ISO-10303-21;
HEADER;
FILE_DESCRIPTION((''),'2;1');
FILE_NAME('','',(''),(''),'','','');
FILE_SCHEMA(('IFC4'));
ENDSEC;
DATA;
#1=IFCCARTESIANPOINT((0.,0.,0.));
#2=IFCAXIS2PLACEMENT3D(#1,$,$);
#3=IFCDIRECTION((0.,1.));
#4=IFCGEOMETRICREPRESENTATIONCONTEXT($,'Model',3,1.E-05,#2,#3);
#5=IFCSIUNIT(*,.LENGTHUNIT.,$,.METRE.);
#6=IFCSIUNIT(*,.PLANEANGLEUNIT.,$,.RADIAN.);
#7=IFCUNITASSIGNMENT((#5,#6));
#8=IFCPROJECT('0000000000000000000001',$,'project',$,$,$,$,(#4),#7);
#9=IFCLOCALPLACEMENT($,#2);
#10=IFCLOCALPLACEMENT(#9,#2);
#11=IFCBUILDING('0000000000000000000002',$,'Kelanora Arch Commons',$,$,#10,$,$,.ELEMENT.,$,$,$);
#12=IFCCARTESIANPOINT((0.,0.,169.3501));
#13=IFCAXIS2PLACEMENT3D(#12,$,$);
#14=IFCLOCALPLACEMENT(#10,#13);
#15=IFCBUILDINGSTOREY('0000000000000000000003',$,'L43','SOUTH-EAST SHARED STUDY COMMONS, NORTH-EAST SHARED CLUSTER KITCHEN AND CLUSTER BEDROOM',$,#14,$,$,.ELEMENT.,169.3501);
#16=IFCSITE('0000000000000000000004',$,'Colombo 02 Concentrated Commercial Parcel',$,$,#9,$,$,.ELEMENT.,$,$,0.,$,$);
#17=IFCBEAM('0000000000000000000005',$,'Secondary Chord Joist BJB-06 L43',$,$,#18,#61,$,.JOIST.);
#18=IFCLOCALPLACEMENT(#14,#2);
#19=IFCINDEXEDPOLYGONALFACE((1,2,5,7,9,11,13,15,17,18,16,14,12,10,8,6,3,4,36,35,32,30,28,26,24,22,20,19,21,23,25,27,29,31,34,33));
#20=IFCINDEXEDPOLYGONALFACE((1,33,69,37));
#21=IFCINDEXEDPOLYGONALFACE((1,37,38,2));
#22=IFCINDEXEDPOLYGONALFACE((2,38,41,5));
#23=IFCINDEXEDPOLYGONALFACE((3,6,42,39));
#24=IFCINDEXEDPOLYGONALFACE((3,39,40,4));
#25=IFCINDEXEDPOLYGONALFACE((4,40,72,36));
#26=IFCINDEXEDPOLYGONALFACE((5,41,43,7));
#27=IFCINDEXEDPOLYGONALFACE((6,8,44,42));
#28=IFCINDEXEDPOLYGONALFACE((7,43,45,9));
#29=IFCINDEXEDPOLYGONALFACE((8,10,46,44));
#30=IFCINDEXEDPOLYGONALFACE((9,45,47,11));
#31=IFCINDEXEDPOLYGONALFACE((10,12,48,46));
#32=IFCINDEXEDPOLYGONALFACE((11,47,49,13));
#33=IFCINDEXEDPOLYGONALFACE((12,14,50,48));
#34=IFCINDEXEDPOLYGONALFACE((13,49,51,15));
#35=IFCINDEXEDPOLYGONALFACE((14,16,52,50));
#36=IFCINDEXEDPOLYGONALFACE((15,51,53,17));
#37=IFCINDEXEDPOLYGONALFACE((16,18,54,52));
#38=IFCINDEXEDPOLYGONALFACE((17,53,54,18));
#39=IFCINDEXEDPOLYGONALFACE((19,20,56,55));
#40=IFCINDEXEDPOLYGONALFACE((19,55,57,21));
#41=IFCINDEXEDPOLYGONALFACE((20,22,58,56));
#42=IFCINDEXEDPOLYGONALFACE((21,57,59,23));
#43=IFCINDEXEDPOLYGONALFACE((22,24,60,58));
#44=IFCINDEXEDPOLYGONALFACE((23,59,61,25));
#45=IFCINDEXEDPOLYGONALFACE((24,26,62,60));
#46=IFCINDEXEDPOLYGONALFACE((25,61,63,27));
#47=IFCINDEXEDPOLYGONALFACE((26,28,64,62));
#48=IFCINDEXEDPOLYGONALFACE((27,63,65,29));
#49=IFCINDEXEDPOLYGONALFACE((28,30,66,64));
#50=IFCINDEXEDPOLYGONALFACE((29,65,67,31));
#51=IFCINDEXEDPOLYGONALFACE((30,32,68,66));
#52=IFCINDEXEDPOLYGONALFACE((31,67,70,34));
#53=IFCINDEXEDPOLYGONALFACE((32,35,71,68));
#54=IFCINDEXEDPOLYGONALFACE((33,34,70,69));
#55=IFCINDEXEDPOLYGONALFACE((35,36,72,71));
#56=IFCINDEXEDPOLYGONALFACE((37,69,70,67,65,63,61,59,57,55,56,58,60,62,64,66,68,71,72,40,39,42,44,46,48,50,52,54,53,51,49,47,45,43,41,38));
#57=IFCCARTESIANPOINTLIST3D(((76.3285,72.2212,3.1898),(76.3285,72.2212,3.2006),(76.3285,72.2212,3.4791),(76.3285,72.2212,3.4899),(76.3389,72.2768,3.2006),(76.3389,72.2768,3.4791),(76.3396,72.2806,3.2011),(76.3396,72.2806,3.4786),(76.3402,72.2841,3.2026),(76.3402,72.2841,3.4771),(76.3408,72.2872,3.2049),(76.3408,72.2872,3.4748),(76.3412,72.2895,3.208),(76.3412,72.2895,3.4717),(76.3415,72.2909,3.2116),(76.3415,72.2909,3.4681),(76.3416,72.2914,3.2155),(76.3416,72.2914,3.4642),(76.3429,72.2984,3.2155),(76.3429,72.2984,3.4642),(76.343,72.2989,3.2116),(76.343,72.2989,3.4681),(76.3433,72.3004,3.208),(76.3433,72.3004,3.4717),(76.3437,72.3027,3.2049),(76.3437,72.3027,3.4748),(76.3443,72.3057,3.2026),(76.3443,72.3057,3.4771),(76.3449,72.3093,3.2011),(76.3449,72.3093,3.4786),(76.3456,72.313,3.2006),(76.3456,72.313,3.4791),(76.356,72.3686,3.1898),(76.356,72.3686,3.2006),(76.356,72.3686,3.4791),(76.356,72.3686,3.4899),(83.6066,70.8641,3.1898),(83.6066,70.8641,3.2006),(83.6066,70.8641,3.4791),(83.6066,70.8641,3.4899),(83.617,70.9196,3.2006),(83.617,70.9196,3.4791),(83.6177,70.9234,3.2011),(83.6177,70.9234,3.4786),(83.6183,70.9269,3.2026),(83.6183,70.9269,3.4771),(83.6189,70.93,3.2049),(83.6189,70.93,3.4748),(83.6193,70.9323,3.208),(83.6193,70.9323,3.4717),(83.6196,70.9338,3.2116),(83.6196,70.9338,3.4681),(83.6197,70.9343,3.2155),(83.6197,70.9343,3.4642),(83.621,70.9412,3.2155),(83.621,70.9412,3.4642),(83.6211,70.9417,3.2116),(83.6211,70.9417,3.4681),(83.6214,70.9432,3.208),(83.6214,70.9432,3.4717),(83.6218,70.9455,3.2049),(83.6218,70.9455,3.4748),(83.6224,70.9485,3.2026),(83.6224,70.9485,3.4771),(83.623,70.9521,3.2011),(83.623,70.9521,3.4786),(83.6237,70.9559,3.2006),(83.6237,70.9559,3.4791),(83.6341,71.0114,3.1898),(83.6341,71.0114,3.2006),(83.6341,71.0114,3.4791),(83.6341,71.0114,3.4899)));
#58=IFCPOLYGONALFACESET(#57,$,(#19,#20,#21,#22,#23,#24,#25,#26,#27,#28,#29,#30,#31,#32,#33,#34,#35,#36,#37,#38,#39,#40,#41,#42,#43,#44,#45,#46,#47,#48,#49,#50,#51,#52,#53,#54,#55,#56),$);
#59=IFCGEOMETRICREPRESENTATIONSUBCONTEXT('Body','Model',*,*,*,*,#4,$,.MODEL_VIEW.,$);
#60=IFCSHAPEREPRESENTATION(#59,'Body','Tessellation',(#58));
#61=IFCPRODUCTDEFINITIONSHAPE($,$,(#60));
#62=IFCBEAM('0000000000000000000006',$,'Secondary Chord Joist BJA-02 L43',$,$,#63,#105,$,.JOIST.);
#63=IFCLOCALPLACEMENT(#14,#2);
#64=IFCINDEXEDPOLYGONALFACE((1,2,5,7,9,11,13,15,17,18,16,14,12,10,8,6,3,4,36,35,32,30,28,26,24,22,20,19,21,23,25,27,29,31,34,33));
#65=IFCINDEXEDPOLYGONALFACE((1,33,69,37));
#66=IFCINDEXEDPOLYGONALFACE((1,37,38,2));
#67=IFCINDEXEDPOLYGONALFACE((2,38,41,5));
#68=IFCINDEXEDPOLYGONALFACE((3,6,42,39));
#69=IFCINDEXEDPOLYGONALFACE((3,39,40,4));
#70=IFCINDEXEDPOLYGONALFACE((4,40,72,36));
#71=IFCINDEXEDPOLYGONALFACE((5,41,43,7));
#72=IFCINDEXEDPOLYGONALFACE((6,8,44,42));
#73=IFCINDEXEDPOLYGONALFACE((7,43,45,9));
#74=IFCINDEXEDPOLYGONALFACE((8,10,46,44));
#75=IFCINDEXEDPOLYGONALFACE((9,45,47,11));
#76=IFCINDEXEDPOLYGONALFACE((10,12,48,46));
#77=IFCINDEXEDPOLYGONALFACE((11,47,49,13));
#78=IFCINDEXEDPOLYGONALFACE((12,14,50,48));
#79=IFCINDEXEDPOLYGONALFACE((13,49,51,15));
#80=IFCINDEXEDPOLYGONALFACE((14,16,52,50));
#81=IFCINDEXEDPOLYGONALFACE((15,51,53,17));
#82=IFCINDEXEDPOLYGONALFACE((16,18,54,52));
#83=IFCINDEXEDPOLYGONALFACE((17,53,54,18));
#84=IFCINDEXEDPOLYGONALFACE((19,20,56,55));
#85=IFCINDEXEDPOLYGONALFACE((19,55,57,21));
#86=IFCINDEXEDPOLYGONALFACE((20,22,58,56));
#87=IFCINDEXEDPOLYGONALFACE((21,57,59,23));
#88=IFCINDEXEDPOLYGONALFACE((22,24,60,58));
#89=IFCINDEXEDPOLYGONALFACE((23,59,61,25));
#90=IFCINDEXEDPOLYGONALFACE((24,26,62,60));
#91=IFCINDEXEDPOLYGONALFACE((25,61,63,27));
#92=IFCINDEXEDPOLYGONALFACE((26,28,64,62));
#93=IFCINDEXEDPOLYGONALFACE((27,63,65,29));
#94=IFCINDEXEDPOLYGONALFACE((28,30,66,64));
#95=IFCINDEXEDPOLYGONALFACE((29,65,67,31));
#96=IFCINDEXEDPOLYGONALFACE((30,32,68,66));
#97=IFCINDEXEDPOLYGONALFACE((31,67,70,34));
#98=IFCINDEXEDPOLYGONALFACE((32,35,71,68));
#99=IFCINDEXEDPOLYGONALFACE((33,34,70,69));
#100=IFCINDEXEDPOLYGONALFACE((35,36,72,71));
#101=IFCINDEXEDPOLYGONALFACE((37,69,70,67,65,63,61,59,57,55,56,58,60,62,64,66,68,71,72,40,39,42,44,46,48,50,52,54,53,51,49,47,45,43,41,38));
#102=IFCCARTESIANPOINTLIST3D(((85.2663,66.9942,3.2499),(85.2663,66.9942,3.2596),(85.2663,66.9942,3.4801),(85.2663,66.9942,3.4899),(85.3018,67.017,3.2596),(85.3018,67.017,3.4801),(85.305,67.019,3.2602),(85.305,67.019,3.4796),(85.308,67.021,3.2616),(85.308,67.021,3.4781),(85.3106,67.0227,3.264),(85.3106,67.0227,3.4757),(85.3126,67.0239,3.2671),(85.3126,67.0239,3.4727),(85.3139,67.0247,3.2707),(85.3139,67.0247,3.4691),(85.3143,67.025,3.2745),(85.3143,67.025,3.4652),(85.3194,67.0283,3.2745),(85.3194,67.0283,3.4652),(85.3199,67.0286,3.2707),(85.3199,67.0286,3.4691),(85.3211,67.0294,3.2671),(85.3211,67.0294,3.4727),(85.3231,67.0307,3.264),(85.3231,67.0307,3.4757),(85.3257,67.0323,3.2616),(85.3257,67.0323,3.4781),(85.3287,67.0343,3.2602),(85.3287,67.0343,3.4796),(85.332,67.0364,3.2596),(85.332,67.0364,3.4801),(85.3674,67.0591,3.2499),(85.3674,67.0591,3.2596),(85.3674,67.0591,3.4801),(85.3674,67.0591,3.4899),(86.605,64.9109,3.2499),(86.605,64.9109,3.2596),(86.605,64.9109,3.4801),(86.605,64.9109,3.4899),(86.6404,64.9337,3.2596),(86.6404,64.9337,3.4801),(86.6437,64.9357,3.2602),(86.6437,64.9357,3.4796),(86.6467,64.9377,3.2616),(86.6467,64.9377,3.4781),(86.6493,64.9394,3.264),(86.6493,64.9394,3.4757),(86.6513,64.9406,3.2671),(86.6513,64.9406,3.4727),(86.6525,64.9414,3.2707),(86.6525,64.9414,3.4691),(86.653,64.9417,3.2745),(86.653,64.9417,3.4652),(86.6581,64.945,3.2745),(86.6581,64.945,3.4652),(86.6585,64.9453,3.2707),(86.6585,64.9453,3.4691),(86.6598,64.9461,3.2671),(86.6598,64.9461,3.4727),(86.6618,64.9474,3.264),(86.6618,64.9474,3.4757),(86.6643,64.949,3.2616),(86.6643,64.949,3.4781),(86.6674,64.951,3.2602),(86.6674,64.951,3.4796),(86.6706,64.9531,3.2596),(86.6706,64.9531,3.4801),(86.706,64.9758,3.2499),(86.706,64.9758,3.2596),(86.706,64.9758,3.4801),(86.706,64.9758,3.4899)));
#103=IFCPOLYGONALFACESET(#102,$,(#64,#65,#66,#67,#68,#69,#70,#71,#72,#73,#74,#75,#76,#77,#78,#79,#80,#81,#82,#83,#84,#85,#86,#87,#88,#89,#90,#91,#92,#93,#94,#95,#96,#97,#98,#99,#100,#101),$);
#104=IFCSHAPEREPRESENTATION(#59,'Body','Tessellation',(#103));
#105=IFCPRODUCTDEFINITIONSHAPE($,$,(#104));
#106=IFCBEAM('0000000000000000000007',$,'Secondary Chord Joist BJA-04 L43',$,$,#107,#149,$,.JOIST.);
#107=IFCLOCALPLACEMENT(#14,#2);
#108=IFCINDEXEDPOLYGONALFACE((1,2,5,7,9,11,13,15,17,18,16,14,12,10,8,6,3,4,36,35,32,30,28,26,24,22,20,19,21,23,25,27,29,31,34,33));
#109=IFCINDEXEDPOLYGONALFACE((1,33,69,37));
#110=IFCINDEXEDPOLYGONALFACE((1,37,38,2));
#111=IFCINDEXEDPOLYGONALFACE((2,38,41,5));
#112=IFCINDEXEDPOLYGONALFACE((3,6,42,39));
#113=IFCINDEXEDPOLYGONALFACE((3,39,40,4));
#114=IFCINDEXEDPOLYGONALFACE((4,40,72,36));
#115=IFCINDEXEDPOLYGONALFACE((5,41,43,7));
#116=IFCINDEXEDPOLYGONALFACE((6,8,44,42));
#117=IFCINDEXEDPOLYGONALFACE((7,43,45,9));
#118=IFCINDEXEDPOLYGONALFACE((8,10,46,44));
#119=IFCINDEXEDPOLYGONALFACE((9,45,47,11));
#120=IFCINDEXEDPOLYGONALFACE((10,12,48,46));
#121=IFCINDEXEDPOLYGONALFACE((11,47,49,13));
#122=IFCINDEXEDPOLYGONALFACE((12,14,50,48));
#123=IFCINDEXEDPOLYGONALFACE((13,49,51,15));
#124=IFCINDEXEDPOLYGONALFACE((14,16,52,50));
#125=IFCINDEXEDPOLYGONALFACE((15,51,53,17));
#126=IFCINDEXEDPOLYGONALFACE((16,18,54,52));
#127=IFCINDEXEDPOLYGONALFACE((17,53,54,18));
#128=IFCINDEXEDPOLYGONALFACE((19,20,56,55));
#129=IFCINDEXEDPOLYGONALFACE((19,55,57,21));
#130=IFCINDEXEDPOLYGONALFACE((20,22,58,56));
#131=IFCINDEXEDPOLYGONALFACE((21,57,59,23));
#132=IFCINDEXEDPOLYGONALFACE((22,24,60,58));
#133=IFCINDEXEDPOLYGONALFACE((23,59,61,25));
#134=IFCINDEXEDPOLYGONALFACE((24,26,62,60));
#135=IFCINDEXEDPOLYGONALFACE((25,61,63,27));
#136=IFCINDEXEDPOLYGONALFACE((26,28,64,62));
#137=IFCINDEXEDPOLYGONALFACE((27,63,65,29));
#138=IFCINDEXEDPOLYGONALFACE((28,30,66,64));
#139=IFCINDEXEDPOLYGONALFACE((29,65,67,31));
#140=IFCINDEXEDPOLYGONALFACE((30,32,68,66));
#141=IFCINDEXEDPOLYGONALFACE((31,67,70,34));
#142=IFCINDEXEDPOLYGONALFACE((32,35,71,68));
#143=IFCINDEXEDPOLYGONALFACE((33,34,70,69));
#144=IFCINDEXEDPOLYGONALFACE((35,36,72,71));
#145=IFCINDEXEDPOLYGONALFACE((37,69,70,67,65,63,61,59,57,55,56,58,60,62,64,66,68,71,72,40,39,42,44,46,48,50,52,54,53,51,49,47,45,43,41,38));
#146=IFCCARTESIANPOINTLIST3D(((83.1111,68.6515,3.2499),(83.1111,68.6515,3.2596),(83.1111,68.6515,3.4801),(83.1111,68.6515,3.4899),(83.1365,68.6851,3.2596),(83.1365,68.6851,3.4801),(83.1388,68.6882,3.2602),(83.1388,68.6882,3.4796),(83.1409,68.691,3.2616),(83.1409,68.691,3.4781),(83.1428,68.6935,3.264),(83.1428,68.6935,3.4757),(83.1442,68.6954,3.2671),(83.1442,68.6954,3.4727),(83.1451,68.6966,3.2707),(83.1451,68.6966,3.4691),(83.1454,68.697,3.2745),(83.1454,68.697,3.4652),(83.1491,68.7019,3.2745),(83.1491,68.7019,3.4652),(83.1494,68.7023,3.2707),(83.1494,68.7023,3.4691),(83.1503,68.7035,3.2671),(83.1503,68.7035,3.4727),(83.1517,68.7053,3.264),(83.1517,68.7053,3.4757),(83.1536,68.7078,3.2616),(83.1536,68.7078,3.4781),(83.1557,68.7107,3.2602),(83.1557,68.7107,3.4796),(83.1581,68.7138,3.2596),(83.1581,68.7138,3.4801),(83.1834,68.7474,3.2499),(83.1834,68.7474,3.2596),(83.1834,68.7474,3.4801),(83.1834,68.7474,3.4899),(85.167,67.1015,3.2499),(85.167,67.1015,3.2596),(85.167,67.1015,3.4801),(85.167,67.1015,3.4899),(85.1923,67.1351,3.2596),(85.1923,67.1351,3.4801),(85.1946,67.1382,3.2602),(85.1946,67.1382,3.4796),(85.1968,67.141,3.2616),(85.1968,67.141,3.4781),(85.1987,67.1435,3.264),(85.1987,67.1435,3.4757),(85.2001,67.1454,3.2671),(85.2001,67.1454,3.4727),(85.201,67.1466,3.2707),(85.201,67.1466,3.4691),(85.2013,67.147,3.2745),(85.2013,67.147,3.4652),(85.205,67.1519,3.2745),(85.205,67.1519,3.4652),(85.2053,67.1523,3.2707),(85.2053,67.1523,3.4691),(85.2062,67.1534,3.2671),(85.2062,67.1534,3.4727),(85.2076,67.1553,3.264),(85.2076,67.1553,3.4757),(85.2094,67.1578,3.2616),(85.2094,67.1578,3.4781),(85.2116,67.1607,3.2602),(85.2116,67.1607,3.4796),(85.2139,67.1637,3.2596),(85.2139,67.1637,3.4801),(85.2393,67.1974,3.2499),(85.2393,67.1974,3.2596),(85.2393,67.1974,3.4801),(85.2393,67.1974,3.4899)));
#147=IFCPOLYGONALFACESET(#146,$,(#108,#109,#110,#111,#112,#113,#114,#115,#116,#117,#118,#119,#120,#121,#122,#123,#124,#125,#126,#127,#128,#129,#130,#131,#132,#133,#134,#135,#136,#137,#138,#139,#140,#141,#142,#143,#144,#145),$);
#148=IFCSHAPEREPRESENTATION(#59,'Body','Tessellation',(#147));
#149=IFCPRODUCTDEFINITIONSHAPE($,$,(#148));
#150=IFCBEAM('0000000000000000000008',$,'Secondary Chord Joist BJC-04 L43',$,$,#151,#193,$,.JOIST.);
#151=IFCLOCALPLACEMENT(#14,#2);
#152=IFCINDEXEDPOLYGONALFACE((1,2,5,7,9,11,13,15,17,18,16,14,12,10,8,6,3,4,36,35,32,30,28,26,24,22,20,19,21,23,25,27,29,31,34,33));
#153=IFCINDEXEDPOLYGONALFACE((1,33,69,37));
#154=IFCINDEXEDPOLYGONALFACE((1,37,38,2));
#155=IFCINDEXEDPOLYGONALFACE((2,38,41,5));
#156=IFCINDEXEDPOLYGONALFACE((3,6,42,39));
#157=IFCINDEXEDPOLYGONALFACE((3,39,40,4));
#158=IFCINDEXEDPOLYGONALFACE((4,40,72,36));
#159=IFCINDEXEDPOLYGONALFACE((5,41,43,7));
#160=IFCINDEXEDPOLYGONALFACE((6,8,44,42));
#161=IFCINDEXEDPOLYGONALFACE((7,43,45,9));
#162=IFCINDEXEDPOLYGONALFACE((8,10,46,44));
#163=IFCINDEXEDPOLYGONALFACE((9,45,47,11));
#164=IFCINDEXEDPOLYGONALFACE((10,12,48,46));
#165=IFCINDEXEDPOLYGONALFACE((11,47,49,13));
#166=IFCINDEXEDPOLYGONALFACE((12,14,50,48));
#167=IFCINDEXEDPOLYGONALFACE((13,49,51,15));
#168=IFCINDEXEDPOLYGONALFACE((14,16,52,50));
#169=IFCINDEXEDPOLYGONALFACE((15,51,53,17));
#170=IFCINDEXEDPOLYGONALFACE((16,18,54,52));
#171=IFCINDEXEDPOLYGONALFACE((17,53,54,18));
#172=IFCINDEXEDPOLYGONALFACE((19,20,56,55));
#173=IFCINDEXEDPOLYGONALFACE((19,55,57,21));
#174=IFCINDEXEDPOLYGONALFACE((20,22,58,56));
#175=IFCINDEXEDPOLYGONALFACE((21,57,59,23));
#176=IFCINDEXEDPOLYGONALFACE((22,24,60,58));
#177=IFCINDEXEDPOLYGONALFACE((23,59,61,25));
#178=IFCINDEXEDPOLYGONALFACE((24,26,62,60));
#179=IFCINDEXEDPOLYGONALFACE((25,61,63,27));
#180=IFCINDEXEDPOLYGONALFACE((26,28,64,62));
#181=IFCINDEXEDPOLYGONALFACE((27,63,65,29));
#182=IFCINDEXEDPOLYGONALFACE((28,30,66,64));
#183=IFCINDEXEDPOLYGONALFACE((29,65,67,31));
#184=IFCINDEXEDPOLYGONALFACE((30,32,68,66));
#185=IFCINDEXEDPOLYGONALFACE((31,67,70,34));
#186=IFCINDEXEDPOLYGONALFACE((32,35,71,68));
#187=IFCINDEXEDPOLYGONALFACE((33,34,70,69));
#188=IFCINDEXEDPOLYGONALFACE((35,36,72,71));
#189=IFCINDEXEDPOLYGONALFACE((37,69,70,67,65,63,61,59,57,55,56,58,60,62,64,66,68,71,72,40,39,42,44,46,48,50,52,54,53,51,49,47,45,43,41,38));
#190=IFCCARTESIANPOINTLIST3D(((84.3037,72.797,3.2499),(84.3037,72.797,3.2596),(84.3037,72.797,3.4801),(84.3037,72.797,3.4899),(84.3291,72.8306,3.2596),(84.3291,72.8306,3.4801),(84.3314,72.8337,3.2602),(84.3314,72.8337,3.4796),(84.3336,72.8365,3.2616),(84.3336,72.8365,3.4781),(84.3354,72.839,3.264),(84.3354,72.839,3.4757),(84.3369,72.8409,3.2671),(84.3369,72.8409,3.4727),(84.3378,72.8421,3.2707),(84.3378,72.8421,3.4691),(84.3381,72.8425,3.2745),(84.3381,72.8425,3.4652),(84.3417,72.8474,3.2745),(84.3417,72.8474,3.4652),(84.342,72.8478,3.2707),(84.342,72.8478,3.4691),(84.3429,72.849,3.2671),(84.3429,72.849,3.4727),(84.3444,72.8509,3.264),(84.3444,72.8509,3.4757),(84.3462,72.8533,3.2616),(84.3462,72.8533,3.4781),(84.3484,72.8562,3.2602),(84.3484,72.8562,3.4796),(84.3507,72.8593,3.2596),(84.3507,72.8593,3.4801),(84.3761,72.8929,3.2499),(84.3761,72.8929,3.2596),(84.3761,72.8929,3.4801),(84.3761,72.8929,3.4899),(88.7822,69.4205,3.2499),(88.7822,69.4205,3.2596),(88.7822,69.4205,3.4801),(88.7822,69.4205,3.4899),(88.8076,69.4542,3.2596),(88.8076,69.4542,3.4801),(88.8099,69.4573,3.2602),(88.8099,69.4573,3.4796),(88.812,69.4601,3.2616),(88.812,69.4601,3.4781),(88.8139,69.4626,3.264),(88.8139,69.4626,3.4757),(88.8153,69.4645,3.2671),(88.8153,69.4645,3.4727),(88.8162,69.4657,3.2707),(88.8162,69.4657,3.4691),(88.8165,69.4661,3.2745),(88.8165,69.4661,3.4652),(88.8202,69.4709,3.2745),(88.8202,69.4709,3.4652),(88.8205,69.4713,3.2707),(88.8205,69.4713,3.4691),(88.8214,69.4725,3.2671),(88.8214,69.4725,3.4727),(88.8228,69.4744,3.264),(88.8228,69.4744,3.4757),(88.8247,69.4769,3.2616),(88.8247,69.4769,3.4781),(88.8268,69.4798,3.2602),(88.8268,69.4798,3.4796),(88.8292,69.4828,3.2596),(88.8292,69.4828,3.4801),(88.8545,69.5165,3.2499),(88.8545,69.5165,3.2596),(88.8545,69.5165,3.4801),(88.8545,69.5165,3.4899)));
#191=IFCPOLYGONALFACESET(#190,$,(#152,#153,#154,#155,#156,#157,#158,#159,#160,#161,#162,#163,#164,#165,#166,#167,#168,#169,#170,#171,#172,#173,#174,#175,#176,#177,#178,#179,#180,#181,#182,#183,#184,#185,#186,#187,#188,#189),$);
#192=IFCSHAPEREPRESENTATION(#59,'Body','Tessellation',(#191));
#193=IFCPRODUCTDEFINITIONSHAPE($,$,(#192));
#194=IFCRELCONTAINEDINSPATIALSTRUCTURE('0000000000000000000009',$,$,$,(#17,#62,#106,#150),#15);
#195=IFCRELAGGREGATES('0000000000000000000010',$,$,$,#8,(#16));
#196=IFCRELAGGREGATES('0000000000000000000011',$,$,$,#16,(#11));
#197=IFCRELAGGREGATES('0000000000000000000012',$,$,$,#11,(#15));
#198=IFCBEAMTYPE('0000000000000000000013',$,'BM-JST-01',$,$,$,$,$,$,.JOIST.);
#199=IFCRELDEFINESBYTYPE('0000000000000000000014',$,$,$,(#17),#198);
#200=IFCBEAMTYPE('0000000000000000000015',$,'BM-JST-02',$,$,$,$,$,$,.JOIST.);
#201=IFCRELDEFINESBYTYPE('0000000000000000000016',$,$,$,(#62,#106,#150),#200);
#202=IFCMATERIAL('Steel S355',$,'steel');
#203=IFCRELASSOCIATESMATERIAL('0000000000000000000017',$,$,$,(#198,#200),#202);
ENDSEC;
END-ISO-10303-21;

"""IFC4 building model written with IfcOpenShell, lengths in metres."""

from ifc_helpers import new_model, si_unit, direction, frame, origin, origin_2d, place, context, subcontext, project, spatial, i_section, extrude, material, material_profile, profile_set, type_object, element, save


model = new_model("IFC4")

# Units and contexts
model_context = context("Model", 3, precision=1e-05, world=origin(), true_north=direction((0.0, 1.0)))
body_context = subcontext(model_context, "Body", "Model", "MODEL_VIEW")
ifc_project = project(units=[si_unit("LENGTHUNIT", "METRE"), si_unit("PLANEANGLEUNIT", "RADIAN")], contexts=[model_context])

# Site, building, storey
site_placement = place(None, origin())
site = spatial("IfcSite", under=ifc_project, at=site_placement, Name="Colombo 02 Concentrated Commercial Parcel", CompositionType="ELEMENT", RefElevation=0.0)
building_placement = place(site_placement, origin())
building = spatial("IfcBuilding", under=site, at=building_placement, Name="Kelanora Arch Commons", CompositionType="ELEMENT")
storey_placement = place(building_placement, frame((0.0, 0.0, 169.3501)))
storey = spatial("IfcBuildingStorey", under=building, at=storey_placement, Name="L43", Description="SOUTH-EAST SHARED STUDY COMMONS, NORTH-EAST SHARED CLUSTER KITCHEN AND CLUSTER BEDROOM", CompositionType="ELEMENT", Elevation=169.3501)

# Beams
ifc_material_1 = material(Name="Steel S355", Category="steel")
ifc_material_profile_1 = material_profile(ifc_material_1, i_section(OverallWidth=0.1499, OverallDepth=0.3, WebThickness=0.0071, FlangeThickness=0.0107, FilletRadius=0.0149, at=origin_2d()), Name="IPE300")
ifc_profile_set_1 = profile_set([ifc_material_profile_1], Name="Steel S355")
beam_type_1 = type_object("IfcBeamType", Name="BM-JST-01", PredefinedType="JOIST", material=ifc_profile_set_1)
beam_1_placement = place(storey_placement, frame((83.6204, 70.9377, 3.3398), z_axis=(-0.983054, 0.183315, 0.0), x_axis=(-0.183315, -0.983054, 0.0)))
element("IfcBeam", 1, at=beam_1_placement, inside=storey, type_object=beam_type_1, Name="Secondary Chord Joist BJB-06 L43", PredefinedType="JOIST", context=body_context, shape_type="SweptSolid", body=[
    extrude(i_section(OverallWidth=0.1499, OverallDepth=0.3, WebThickness=0.0071, FlangeThickness=0.0107, FilletRadius=0.0149, at=origin_2d()), origin(), (0.0, 0.0, 1.0), 7.4036),
])
ifc_material_profile_2 = material_profile(ifc_material_1, i_section(OverallWidth=0.1201, OverallDepth=0.24, WebThickness=0.0061, FlangeThickness=0.0098, FilletRadius=0.0149, at=origin_2d()), Name="IPE240")
ifc_profile_set_2 = profile_set([ifc_material_profile_2], Name="Steel S355")
beam_type_2 = type_object("IfcBeamType", Name="BM-JST-02", PredefinedType="JOIST", material=ifc_profile_set_2)
beam_2_placement = place(storey_placement, frame((86.6555, 64.9434, 3.3699), z_axis=(-0.540583, 0.841291, 0.0), x_axis=(-0.841291, -0.540583, 0.0)))
element("IfcBeam", 2, at=beam_2_placement, inside=storey, type_object=beam_type_2, Name="Secondary Chord Joist BJA-02 L43", PredefinedType="JOIST", context=body_context, shape_type="SweptSolid", body=[
    extrude(i_section(OverallWidth=0.1201, OverallDepth=0.24, WebThickness=0.0061, FlangeThickness=0.0098, FilletRadius=0.0149, at=origin_2d()), origin(), (0.0, 0.0, 1.0), 2.4763),
])
beam_3_placement = place(storey_placement, frame((85.2031, 67.1494, 3.3699), z_axis=(-0.798484, 0.602016, 0.0), x_axis=(-0.602016, -0.798484, 0.0)))
element("IfcBeam", 3, at=beam_3_placement, inside=storey, type_object=beam_type_2, Name="Secondary Chord Joist BJA-04 L43", PredefinedType="JOIST", context=body_context, shape_type="SweptSolid", body=[
    extrude(i_section(OverallWidth=0.1201, OverallDepth=0.24, WebThickness=0.0061, FlangeThickness=0.0098, FilletRadius=0.0149, at=origin_2d()), origin(), (0.0, 0.0, 1.0), 2.5747),
])
beam_4_placement = place(storey_placement, frame((88.8184, 69.4685, 3.3699), z_axis=(-0.798493, 0.602004, 0.0), x_axis=(-0.602004, -0.798493, 0.0)))
element("IfcBeam", 4, at=beam_4_placement, inside=storey, type_object=beam_type_2, Name="Secondary Chord Joist BJC-04 L43", PredefinedType="JOIST", context=body_context, shape_type="SweptSolid", body=[
    extrude(i_section(OverallWidth=0.1201, OverallDepth=0.24, WebThickness=0.0061, FlangeThickness=0.0098, FilletRadius=0.0149, at=origin_2d()), origin(), (0.0, 0.0, 1.0), 5.6086),
])

save(model, "model.ifc")
